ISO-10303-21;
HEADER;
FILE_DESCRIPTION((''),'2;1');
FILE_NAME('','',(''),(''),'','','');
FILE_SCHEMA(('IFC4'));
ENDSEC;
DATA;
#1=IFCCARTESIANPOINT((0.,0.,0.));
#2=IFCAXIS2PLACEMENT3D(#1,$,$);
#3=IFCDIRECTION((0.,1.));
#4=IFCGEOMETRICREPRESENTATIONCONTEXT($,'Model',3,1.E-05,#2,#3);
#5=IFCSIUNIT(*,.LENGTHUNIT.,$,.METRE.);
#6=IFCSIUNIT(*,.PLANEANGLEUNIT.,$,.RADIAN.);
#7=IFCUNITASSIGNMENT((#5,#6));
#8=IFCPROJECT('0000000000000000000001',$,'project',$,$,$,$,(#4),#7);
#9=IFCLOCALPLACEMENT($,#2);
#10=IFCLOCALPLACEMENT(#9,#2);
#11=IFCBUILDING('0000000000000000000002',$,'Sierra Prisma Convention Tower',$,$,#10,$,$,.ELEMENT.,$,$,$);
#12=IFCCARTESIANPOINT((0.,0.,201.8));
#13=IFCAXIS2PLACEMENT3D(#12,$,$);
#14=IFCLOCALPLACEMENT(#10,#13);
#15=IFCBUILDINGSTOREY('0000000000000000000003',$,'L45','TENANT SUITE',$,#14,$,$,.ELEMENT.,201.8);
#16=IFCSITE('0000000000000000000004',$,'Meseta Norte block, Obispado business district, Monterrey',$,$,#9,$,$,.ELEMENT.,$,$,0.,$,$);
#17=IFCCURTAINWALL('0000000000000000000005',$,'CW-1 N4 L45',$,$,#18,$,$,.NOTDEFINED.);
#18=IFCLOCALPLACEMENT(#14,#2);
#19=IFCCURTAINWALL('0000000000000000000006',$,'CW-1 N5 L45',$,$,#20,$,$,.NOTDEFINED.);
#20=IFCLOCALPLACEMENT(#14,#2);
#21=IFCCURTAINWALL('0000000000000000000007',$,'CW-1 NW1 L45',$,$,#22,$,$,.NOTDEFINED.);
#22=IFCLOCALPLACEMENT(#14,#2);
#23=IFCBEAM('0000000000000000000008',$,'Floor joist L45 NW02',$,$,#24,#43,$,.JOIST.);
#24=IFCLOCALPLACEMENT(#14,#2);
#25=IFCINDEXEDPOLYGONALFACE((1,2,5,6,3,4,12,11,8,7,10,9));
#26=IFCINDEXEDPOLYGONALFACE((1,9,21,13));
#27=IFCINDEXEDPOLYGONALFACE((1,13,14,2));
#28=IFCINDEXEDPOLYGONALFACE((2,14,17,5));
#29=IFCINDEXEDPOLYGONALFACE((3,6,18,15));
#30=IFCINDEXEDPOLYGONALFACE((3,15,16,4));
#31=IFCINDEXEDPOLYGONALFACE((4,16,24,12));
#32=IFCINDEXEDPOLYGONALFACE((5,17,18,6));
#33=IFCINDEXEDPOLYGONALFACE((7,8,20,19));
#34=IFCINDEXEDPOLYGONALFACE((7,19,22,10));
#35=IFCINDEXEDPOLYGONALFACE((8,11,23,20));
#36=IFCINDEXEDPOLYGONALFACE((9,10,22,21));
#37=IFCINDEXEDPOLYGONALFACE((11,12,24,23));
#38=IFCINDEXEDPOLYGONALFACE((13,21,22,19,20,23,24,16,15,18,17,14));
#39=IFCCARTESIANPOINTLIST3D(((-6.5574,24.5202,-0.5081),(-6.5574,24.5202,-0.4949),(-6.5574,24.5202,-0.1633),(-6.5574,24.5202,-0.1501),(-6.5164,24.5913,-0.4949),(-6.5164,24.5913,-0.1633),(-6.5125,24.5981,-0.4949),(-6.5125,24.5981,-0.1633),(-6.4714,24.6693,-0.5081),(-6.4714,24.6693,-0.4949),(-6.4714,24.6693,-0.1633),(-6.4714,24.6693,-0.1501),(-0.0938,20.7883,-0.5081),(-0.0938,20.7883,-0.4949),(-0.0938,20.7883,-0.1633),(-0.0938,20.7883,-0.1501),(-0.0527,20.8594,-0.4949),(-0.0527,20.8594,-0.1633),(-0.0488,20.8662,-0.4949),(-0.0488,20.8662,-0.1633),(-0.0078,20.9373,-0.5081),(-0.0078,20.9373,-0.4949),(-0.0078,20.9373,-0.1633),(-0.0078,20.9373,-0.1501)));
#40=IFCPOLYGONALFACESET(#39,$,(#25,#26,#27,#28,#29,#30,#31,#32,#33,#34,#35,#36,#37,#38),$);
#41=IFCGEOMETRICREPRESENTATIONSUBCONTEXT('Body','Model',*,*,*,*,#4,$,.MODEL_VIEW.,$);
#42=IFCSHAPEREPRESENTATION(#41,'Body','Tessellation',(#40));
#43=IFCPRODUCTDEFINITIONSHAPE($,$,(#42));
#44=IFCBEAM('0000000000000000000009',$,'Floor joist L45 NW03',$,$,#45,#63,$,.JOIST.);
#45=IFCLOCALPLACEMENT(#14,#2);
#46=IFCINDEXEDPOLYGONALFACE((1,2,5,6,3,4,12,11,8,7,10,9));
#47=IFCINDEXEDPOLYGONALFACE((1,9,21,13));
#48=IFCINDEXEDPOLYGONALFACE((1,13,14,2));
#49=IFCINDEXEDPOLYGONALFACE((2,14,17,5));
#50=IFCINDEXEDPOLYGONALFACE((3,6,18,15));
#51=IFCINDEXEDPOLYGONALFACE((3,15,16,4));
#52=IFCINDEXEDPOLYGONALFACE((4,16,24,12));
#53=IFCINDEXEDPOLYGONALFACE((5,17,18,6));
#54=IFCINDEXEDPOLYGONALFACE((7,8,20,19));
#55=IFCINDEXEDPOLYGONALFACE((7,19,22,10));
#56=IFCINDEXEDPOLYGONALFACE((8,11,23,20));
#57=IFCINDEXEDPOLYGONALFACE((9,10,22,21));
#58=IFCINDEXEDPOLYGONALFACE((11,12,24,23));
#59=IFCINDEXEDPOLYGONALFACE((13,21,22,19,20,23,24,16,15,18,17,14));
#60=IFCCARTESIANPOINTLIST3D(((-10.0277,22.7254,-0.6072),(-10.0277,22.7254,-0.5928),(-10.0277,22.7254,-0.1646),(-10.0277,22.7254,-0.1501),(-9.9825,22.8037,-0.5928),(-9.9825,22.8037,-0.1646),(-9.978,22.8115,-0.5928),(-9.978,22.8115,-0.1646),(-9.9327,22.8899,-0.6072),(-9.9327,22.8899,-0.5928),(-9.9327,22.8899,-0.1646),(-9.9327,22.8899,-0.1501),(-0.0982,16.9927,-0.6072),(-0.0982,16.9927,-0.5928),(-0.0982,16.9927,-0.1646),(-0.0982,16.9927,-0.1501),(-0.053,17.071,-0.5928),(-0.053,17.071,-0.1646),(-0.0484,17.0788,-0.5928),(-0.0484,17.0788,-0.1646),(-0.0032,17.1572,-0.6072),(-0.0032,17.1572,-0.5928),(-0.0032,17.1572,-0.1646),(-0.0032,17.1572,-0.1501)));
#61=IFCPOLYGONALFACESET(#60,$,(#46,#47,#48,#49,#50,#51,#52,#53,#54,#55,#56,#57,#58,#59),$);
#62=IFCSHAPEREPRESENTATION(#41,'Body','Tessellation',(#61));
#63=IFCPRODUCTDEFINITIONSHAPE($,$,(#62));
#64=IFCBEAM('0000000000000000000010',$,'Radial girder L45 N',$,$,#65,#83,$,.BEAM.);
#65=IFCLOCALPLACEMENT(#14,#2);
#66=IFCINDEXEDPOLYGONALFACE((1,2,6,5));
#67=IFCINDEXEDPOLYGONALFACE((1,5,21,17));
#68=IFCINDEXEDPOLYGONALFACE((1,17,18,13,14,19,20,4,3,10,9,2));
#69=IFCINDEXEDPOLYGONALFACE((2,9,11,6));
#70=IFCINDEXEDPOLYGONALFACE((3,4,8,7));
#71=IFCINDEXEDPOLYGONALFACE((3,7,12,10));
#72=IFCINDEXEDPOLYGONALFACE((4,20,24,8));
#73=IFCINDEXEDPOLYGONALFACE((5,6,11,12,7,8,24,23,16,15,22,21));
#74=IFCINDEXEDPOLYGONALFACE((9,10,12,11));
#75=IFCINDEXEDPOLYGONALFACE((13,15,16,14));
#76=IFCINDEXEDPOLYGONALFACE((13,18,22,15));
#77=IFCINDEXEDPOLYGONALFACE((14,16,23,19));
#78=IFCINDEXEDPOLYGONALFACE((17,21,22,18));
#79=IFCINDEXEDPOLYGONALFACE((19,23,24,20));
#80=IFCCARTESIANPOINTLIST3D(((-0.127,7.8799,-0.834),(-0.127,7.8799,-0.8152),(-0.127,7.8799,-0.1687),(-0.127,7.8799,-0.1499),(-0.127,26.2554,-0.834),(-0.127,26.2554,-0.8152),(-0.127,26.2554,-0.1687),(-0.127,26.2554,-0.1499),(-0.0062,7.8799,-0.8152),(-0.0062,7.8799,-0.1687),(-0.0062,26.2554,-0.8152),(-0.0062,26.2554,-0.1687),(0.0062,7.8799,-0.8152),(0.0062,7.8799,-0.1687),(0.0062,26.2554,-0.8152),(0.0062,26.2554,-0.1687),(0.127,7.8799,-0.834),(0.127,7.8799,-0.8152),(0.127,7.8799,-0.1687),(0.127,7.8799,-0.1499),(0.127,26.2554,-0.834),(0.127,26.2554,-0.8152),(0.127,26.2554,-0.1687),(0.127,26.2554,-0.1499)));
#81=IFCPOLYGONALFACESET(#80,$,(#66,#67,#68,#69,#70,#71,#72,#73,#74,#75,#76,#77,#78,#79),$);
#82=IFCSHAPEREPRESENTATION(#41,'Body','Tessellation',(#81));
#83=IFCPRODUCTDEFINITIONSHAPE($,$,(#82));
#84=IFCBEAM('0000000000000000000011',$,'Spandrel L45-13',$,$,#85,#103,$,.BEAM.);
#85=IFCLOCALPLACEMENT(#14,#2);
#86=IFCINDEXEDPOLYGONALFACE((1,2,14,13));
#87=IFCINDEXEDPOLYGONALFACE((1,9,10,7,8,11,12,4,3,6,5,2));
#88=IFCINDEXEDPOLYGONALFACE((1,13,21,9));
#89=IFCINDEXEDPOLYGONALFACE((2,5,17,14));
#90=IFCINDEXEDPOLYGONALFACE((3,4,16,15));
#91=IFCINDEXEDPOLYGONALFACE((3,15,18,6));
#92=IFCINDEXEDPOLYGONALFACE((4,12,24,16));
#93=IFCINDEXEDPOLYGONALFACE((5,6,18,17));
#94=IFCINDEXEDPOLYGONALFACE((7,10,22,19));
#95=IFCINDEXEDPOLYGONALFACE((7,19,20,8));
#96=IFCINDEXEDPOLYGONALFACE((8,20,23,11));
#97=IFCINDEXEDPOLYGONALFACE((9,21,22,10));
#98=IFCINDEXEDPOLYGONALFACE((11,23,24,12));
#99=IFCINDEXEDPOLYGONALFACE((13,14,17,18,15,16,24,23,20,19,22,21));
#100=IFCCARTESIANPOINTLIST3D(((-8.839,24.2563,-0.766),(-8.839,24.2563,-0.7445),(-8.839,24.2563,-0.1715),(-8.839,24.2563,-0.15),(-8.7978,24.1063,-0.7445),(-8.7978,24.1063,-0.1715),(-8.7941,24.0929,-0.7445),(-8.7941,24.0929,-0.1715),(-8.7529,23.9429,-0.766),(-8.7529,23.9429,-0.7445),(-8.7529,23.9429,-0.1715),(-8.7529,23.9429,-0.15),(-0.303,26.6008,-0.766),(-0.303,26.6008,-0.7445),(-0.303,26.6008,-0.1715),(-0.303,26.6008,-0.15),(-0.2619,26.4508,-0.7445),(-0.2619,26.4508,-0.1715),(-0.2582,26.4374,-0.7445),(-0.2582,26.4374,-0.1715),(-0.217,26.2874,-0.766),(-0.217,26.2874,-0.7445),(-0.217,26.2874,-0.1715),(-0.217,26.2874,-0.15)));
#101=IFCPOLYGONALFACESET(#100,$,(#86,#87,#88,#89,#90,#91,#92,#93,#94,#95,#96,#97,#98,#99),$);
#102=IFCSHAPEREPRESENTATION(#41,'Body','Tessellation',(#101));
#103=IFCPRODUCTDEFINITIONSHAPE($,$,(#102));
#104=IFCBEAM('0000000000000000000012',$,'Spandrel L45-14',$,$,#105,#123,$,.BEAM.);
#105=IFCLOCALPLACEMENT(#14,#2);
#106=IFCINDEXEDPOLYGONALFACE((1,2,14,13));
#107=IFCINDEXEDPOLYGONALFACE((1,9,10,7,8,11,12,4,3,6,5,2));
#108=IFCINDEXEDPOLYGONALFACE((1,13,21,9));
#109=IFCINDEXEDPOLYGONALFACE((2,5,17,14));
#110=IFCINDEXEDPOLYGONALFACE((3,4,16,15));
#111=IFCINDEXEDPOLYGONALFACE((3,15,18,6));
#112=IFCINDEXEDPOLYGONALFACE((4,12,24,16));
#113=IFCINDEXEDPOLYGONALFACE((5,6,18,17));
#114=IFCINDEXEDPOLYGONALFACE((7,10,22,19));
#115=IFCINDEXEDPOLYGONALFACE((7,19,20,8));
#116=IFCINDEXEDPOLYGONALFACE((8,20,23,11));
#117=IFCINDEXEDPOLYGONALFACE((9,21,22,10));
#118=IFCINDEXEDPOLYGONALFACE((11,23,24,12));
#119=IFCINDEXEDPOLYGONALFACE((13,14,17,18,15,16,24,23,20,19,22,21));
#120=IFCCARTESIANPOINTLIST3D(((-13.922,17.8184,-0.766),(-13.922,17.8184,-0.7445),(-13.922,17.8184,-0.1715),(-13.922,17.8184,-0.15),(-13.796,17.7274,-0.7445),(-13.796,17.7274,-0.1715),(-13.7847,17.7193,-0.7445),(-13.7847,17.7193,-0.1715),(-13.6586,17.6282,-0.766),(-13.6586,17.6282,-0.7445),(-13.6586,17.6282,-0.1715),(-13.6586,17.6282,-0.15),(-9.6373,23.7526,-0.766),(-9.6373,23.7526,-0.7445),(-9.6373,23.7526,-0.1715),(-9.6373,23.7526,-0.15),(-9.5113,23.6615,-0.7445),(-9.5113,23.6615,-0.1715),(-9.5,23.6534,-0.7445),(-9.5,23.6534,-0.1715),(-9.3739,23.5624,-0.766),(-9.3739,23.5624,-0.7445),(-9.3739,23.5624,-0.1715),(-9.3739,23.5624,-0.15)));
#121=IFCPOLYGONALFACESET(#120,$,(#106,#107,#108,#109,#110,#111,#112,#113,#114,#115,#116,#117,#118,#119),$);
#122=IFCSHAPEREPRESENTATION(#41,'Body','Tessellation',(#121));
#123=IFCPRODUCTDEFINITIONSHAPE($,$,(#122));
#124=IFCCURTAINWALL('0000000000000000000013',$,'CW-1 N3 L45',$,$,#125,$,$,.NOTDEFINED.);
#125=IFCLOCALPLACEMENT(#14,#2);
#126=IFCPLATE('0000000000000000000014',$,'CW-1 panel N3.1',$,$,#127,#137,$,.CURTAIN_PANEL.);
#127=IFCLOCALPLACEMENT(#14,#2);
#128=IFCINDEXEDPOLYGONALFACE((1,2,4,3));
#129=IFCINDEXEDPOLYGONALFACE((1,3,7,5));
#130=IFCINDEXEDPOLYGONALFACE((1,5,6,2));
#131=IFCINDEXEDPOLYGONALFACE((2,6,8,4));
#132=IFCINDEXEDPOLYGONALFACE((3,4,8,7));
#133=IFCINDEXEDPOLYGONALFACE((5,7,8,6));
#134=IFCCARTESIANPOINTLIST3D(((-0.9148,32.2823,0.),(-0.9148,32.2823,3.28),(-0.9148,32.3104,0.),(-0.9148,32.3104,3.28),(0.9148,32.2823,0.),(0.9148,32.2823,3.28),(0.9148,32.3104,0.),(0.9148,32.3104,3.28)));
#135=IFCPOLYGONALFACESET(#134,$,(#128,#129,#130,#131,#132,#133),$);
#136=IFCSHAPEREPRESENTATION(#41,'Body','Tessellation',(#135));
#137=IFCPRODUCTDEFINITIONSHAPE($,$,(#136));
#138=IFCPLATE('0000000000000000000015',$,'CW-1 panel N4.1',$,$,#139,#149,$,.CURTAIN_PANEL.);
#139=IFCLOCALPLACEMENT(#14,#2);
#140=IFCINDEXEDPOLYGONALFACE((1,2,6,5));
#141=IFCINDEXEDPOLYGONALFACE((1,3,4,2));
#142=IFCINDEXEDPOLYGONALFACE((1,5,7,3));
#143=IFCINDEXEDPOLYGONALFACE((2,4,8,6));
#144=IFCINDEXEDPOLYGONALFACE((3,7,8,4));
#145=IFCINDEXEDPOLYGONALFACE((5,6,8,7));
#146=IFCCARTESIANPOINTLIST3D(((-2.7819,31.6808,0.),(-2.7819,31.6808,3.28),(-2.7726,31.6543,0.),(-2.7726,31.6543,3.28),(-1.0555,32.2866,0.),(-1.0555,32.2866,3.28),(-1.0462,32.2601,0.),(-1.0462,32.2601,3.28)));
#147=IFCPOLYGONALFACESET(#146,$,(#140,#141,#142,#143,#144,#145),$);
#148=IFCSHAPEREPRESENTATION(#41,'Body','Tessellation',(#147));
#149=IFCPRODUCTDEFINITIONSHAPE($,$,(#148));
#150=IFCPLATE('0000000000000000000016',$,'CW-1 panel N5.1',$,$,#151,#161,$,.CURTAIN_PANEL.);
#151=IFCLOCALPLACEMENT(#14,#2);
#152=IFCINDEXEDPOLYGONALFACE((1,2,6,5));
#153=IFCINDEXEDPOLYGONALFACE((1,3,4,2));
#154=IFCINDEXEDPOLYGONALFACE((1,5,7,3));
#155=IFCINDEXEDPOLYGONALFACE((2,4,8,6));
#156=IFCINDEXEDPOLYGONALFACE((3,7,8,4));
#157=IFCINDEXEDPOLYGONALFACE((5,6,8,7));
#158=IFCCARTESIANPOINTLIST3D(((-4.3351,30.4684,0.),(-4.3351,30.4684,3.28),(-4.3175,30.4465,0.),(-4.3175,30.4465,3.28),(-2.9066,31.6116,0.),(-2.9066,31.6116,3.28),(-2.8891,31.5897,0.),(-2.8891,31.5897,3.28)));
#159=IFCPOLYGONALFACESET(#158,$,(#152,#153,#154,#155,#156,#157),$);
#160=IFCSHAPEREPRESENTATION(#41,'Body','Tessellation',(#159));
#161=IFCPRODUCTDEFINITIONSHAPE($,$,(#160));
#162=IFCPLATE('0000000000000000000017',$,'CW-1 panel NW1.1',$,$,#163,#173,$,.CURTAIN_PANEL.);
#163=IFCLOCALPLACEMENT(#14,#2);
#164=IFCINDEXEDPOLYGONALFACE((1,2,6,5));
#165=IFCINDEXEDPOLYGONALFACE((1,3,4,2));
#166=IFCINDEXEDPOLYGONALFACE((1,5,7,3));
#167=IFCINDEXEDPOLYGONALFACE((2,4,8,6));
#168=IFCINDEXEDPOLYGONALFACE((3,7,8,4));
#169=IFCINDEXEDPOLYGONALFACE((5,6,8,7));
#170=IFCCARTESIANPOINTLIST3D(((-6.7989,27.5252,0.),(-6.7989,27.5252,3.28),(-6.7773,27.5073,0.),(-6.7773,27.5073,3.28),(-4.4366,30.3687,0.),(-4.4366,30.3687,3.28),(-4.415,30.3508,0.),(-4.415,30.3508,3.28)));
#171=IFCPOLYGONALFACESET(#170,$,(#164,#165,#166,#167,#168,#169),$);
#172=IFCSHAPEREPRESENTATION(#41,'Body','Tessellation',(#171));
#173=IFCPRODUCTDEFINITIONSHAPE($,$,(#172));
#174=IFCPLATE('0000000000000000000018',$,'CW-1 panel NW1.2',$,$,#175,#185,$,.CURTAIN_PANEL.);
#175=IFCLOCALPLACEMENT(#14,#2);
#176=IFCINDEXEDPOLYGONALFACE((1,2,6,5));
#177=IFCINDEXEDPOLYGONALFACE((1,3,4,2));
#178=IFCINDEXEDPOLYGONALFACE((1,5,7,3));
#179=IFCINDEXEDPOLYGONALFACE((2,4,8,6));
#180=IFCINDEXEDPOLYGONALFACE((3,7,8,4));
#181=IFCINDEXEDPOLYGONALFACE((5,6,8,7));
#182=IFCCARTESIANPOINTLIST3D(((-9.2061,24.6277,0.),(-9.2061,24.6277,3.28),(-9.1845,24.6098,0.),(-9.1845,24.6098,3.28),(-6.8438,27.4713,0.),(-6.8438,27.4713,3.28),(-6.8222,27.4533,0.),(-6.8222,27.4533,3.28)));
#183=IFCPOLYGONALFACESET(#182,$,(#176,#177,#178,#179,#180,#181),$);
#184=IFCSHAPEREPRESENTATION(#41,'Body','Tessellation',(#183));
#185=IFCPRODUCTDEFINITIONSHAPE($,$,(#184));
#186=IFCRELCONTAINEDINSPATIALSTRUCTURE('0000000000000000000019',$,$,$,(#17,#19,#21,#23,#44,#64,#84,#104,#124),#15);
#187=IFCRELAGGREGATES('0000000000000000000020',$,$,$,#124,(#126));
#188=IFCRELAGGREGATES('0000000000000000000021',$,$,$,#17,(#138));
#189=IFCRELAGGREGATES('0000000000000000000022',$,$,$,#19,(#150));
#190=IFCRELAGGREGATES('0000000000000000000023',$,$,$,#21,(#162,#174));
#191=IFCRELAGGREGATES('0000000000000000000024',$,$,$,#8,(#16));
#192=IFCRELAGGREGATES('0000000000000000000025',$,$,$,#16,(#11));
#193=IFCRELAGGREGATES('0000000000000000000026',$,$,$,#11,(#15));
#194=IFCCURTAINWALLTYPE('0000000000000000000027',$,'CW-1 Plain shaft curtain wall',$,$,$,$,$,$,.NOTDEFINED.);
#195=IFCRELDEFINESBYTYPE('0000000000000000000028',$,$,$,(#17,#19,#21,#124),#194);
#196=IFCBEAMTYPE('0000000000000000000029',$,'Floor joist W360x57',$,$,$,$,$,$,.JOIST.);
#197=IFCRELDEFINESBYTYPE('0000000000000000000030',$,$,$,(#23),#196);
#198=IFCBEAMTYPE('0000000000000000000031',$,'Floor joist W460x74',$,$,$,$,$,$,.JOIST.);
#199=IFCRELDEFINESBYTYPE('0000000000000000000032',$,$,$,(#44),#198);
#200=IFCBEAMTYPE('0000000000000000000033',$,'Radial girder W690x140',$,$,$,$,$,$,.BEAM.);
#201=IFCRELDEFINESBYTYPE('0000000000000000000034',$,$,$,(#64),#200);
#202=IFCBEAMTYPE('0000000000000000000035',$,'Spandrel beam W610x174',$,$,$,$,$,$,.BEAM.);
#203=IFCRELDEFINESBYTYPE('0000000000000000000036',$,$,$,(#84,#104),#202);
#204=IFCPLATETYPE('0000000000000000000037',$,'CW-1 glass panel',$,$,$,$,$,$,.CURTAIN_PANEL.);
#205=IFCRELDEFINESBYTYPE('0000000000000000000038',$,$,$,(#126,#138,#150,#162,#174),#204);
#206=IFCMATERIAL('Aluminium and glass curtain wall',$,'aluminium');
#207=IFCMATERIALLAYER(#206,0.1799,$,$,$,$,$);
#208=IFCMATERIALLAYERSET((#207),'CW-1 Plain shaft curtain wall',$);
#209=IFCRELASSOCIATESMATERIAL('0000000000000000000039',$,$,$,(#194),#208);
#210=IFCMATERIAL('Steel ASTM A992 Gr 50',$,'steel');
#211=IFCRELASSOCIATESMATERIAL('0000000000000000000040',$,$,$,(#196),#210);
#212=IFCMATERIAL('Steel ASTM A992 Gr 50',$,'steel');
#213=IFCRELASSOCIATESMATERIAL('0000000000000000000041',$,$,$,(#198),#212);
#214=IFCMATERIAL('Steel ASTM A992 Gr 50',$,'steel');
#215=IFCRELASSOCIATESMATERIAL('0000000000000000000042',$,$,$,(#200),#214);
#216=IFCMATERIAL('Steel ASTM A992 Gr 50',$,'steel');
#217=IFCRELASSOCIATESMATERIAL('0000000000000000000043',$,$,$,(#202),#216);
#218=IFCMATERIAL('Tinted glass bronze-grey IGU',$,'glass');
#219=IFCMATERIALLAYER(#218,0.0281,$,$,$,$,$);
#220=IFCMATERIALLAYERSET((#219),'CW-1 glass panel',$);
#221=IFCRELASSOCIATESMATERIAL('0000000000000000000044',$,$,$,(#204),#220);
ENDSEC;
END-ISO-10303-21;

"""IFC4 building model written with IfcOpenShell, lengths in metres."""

from ifc_helpers import new_model, si_unit, direction, frame, origin, origin_2d, place, context, subcontext, project, spatial, rectangle, i_section, extrude, material, layer, layer_set, material_profile, profile_set, type_object, element, aggregate, save


model = new_model("IFC4")

# Units and contexts
model_context = context("Model", 3, precision=1e-05, world=origin(), true_north=direction((0.0, 1.0)))
body_context = subcontext(model_context, "Body", "Model", "MODEL_VIEW")
ifc_project = project(units=[si_unit("LENGTHUNIT", "METRE"), si_unit("PLANEANGLEUNIT", "RADIAN")], contexts=[model_context])

# Site, building, storey
site_placement = place(None, origin())
site = spatial("IfcSite", under=ifc_project, at=site_placement, Name="Meseta Norte block, Obispado business district, Monterrey", CompositionType="ELEMENT", RefElevation=0.0)
building_placement = place(site_placement, origin())
building = spatial("IfcBuilding", under=site, at=building_placement, Name="Sierra Prisma Convention Tower", CompositionType="ELEMENT")
storey_placement = place(building_placement, frame((0.0, 0.0, 201.8)))
storey = spatial("IfcBuildingStorey", under=building, at=storey_placement, Name="L45", Description="TENANT SUITE", CompositionType="ELEMENT", Elevation=201.8)

# Curtain walls
ifc_material_1 = material(Name="Aluminium and glass curtain wall", Category="aluminium")
ifc_layer_1 = layer(ifc_material_1, 0.1799)
ifc_layer_set_1 = layer_set([ifc_layer_1], Name="CW-1 Plain shaft curtain wall")
curtain_wall_type = type_object("IfcCurtainWallType", Name="CW-1 Plain shaft curtain wall", PredefinedType="NOTDEFINED", material=ifc_layer_set_1)
curtain_wall_1_placement = place(storey_placement, origin())
curtain_wall_1 = element("IfcCurtainWall", 1, at=curtain_wall_1_placement, inside=storey, type_object=curtain_wall_type, Name="CW-1 N4 L45", PredefinedType="NOTDEFINED")
curtain_wall_2_placement = place(storey_placement, origin())
curtain_wall_2 = element("IfcCurtainWall", 2, at=curtain_wall_2_placement, inside=storey, type_object=curtain_wall_type, Name="CW-1 N5 L45", PredefinedType="NOTDEFINED")

# Curtain wall
curtain_wall_3_placement = place(storey_placement, origin())
curtain_wall_3 = element("IfcCurtainWall", 3, at=curtain_wall_3_placement, inside=storey, type_object=curtain_wall_type, Name="CW-1 NW1 L45", PredefinedType="NOTDEFINED")

# Beams
ifc_material_2 = material(Name="Steel ASTM A992 Gr 50", Category="steel")
ifc_material_profile_1 = material_profile(ifc_material_2, i_section(OverallWidth=0.1721, OverallDepth=0.3579, WebThickness=0.0078, FlangeThickness=0.0132, at=origin_2d()), Name="W360x57")
ifc_profile_set_1 = profile_set([ifc_material_profile_1], Name="Steel ASTM A992 Gr 50")
beam_type_1 = type_object("IfcBeamType", Name="Floor joist W360x57", PredefinedType="JOIST", material=ifc_profile_set_1)
beam_1_placement = place(storey_placement, frame((-6.5144, 24.5947, -0.3291), z_axis=(0.866016, -0.500016, 0.0), x_axis=(0.500016, 0.866016, 0.0)))
element("IfcBeam", 4, at=beam_1_placement, inside=storey, type_object=beam_type_1, Name="Floor joist L45 NW02", PredefinedType="JOIST", context=body_context, shape_type="SweptSolid", body=[
    extrude(i_section(OverallWidth=0.1721, OverallDepth=0.3579, WebThickness=0.0078, FlangeThickness=0.0132, at=origin_2d()), origin(), (0.0, 0.0, 1.0), 7.4636),
])
ifc_material_3 = material(Name="Steel ASTM A992 Gr 50", Category="steel")
ifc_material_profile_2 = material_profile(ifc_material_3, i_section(OverallWidth=0.1899, OverallDepth=0.457, WebThickness=0.009, FlangeThickness=0.0144, at=origin_2d()), Name="W460x74")
ifc_profile_set_2 = profile_set([ifc_material_profile_2], Name="Steel ASTM A992 Gr 50")
beam_type_2 = type_object("IfcBeamType", Name="Floor joist W460x74", PredefinedType="JOIST", material=ifc_profile_set_2)
beam_2_placement = place(storey_placement, frame((-9.9802, 22.8076, -0.3787), z_axis=(0.866029, -0.499993, 0.0), x_axis=(0.499993, 0.866029, 0.0)))
element("IfcBeam", 5, at=beam_2_placement, inside=storey, type_object=beam_type_2, Name="Floor joist L45 NW03", PredefinedType="JOIST", context=body_context, shape_type="SweptSolid", body=[
    extrude(i_section(OverallWidth=0.1899, OverallDepth=0.457, WebThickness=0.009, FlangeThickness=0.0144, at=origin_2d()), origin(), (0.0, 0.0, 1.0), 11.4656),
])
ifc_material_4 = material(Name="Steel ASTM A992 Gr 50", Category="steel")
ifc_material_profile_3 = material_profile(ifc_material_4, i_section(OverallWidth=0.2539, OverallDepth=0.6841, WebThickness=0.0125, FlangeThickness=0.0188, at=origin_2d()), Name="W690x140")
ifc_profile_set_3 = profile_set([ifc_material_profile_3], Name="Steel ASTM A992 Gr 50")
beam_type_3 = type_object("IfcBeamType", Name="Radial girder W690x140", PredefinedType="BEAM", material=ifc_profile_set_3)
beam_3_placement = place(storey_placement, frame((0.0, 26.2554, -0.4919), z_axis=(0.0, -1.0, 0.0), x_axis=(1.0, 0.0, 0.0)))
element("IfcBeam", 6, at=beam_3_placement, inside=storey, type_object=beam_type_3, Name="Radial girder L45 N", PredefinedType="BEAM", context=body_context, shape_type="SweptSolid", body=[
    extrude(i_section(OverallWidth=0.2539, OverallDepth=0.6841, WebThickness=0.0125, FlangeThickness=0.0188, at=origin_2d()), origin(), (0.0, 0.0, 1.0), 18.3755),
])
ifc_material_5 = material(Name="Steel ASTM A992 Gr 50", Category="steel")
ifc_material_profile_4 = material_profile(ifc_material_5, i_section(OverallWidth=0.325, OverallDepth=0.616, WebThickness=0.0139, FlangeThickness=0.0215, at=origin_2d()), Name="W610x174")
ifc_profile_set_4 = profile_set([ifc_material_profile_4], Name="Steel ASTM A992 Gr 50")
beam_type_4 = type_object("IfcBeamType", Name="Spandrel beam W610x174", PredefinedType="BEAM", material=ifc_profile_set_4)
beam_4_placement = place(storey_placement, frame((-0.26, 26.4441, -0.458), z_axis=(-0.964289, -0.264853, 0.0), x_axis=(0.264853, -0.964289, 0.0)))
element("IfcBeam", 7, at=beam_4_placement, inside=storey, type_object=beam_type_4, Name="Spandrel L45-13", PredefinedType="BEAM", context=body_context, shape_type="SweptSolid", body=[
    extrude(i_section(OverallWidth=0.325, OverallDepth=0.616, WebThickness=0.0139, FlangeThickness=0.0215, at=origin_2d()), origin(), (0.0, 0.0, 1.0), 8.8521),
])
beam_5_placement = place(storey_placement, frame((-9.5056, 23.6575, -0.458), z_axis=(-0.585396, -0.810748, 0.0), x_axis=(0.810748, -0.585396, 0.0)))
element("IfcBeam", 8, at=beam_5_placement, inside=storey, type_object=beam_type_4, Name="Spandrel L45-14", PredefinedType="BEAM", context=body_context, shape_type="SweptSolid", body=[
    extrude(i_section(OverallWidth=0.325, OverallDepth=0.616, WebThickness=0.0139, FlangeThickness=0.0215, at=origin_2d()), origin(), (0.0, 0.0, 1.0), 7.3193),
])

# Curtain wall, plate
curtain_wall_4_placement = place(storey_placement, origin())
curtain_wall_4 = element("IfcCurtainWall", 9, at=curtain_wall_4_placement, inside=storey, type_object=curtain_wall_type, Name="CW-1 N3 L45", PredefinedType="NOTDEFINED")
ifc_material_6 = material(Name="Tinted glass bronze-grey IGU", Category="glass")
ifc_layer_2 = layer(ifc_material_6, 0.0281)
ifc_layer_set_2 = layer_set([ifc_layer_2], Name="CW-1 glass panel")
plate_type = type_object("IfcPlateType", Name="CW-1 glass panel", PredefinedType="CURTAIN_PANEL", material=ifc_layer_set_2)
plate_1_placement = place(storey_placement, frame((0.0, 32.2964, 0.0), z_axis=(0.0, 0.0, 1.0), x_axis=(-1.0, 0.0, 0.0)))
plate_1 = element("IfcPlate", 10, at=plate_1_placement, type_object=plate_type, Name="CW-1 panel N3.1", PredefinedType="CURTAIN_PANEL", context=body_context, shape_type="SweptSolid", body=[
    extrude(rectangle(XDim=1.8296, YDim=0.0281, at=origin_2d()), origin(), (0.0, 0.0, 1.0), 3.28),
])
aggregate(curtain_wall_4, [plate_1])

# Plates
plate_2_placement = place(storey_placement, frame((-1.9141, 31.9705, 0.0), z_axis=(0.0, 0.0, 1.0), x_axis=(-0.943599, -0.331092, 0.0)))
plate_2 = element("IfcPlate", 11, at=plate_2_placement, type_object=plate_type, Name="CW-1 panel N4.1", PredefinedType="CURTAIN_PANEL", context=body_context, shape_type="SweptSolid", body=[
    extrude(rectangle(XDim=1.8296, YDim=0.0281, at=origin_2d()), origin(), (0.0, 0.0, 1.0), 3.28),
])
aggregate(curtain_wall_1, [plate_2])
plate_3_placement = place(storey_placement, frame((-3.6121, 31.0291, 0.0), z_axis=(0.0, 0.0, 1.0), x_axis=(-0.780757, -0.624835, 0.0)))
plate_3 = element("IfcPlate", 12, at=plate_3_placement, type_object=plate_type, Name="CW-1 panel N5.1", PredefinedType="CURTAIN_PANEL", context=body_context, shape_type="SweptSolid", body=[
    extrude(rectangle(XDim=1.8296, YDim=0.0281, at=origin_2d()), origin(), (0.0, 0.0, 1.0), 3.28),
])
aggregate(curtain_wall_2, [plate_3])
plate_4_placement = place(storey_placement, frame((-5.6069, 28.938, 0.0), z_axis=(0.0, 0.0, 1.0), x_axis=(-0.639018, -0.769191, 0.0)))
plate_4 = element("IfcPlate", 13, at=plate_4_placement, type_object=plate_type, Name="CW-1 panel NW1.1", PredefinedType="CURTAIN_PANEL", context=body_context, shape_type="SweptSolid", body=[
    extrude(rectangle(XDim=3.6968, YDim=0.0281, at=origin_2d()), origin(), (0.0, 0.0, 1.0), 3.28),
])
plate_5_placement = place(storey_placement, frame((-8.0142, 26.0405, 0.0), z_axis=(0.0, 0.0, 1.0), x_axis=(-0.639018, -0.769191, 0.0)))
plate_5 = element("IfcPlate", 14, at=plate_5_placement, type_object=plate_type, Name="CW-1 panel NW1.2", PredefinedType="CURTAIN_PANEL", context=body_context, shape_type="SweptSolid", body=[
    extrude(rectangle(XDim=3.6968, YDim=0.0281, at=origin_2d()), origin(), (0.0, 0.0, 1.0), 3.28),
])
aggregate(curtain_wall_3, [plate_4, plate_5])

save(model, "model.ifc")
